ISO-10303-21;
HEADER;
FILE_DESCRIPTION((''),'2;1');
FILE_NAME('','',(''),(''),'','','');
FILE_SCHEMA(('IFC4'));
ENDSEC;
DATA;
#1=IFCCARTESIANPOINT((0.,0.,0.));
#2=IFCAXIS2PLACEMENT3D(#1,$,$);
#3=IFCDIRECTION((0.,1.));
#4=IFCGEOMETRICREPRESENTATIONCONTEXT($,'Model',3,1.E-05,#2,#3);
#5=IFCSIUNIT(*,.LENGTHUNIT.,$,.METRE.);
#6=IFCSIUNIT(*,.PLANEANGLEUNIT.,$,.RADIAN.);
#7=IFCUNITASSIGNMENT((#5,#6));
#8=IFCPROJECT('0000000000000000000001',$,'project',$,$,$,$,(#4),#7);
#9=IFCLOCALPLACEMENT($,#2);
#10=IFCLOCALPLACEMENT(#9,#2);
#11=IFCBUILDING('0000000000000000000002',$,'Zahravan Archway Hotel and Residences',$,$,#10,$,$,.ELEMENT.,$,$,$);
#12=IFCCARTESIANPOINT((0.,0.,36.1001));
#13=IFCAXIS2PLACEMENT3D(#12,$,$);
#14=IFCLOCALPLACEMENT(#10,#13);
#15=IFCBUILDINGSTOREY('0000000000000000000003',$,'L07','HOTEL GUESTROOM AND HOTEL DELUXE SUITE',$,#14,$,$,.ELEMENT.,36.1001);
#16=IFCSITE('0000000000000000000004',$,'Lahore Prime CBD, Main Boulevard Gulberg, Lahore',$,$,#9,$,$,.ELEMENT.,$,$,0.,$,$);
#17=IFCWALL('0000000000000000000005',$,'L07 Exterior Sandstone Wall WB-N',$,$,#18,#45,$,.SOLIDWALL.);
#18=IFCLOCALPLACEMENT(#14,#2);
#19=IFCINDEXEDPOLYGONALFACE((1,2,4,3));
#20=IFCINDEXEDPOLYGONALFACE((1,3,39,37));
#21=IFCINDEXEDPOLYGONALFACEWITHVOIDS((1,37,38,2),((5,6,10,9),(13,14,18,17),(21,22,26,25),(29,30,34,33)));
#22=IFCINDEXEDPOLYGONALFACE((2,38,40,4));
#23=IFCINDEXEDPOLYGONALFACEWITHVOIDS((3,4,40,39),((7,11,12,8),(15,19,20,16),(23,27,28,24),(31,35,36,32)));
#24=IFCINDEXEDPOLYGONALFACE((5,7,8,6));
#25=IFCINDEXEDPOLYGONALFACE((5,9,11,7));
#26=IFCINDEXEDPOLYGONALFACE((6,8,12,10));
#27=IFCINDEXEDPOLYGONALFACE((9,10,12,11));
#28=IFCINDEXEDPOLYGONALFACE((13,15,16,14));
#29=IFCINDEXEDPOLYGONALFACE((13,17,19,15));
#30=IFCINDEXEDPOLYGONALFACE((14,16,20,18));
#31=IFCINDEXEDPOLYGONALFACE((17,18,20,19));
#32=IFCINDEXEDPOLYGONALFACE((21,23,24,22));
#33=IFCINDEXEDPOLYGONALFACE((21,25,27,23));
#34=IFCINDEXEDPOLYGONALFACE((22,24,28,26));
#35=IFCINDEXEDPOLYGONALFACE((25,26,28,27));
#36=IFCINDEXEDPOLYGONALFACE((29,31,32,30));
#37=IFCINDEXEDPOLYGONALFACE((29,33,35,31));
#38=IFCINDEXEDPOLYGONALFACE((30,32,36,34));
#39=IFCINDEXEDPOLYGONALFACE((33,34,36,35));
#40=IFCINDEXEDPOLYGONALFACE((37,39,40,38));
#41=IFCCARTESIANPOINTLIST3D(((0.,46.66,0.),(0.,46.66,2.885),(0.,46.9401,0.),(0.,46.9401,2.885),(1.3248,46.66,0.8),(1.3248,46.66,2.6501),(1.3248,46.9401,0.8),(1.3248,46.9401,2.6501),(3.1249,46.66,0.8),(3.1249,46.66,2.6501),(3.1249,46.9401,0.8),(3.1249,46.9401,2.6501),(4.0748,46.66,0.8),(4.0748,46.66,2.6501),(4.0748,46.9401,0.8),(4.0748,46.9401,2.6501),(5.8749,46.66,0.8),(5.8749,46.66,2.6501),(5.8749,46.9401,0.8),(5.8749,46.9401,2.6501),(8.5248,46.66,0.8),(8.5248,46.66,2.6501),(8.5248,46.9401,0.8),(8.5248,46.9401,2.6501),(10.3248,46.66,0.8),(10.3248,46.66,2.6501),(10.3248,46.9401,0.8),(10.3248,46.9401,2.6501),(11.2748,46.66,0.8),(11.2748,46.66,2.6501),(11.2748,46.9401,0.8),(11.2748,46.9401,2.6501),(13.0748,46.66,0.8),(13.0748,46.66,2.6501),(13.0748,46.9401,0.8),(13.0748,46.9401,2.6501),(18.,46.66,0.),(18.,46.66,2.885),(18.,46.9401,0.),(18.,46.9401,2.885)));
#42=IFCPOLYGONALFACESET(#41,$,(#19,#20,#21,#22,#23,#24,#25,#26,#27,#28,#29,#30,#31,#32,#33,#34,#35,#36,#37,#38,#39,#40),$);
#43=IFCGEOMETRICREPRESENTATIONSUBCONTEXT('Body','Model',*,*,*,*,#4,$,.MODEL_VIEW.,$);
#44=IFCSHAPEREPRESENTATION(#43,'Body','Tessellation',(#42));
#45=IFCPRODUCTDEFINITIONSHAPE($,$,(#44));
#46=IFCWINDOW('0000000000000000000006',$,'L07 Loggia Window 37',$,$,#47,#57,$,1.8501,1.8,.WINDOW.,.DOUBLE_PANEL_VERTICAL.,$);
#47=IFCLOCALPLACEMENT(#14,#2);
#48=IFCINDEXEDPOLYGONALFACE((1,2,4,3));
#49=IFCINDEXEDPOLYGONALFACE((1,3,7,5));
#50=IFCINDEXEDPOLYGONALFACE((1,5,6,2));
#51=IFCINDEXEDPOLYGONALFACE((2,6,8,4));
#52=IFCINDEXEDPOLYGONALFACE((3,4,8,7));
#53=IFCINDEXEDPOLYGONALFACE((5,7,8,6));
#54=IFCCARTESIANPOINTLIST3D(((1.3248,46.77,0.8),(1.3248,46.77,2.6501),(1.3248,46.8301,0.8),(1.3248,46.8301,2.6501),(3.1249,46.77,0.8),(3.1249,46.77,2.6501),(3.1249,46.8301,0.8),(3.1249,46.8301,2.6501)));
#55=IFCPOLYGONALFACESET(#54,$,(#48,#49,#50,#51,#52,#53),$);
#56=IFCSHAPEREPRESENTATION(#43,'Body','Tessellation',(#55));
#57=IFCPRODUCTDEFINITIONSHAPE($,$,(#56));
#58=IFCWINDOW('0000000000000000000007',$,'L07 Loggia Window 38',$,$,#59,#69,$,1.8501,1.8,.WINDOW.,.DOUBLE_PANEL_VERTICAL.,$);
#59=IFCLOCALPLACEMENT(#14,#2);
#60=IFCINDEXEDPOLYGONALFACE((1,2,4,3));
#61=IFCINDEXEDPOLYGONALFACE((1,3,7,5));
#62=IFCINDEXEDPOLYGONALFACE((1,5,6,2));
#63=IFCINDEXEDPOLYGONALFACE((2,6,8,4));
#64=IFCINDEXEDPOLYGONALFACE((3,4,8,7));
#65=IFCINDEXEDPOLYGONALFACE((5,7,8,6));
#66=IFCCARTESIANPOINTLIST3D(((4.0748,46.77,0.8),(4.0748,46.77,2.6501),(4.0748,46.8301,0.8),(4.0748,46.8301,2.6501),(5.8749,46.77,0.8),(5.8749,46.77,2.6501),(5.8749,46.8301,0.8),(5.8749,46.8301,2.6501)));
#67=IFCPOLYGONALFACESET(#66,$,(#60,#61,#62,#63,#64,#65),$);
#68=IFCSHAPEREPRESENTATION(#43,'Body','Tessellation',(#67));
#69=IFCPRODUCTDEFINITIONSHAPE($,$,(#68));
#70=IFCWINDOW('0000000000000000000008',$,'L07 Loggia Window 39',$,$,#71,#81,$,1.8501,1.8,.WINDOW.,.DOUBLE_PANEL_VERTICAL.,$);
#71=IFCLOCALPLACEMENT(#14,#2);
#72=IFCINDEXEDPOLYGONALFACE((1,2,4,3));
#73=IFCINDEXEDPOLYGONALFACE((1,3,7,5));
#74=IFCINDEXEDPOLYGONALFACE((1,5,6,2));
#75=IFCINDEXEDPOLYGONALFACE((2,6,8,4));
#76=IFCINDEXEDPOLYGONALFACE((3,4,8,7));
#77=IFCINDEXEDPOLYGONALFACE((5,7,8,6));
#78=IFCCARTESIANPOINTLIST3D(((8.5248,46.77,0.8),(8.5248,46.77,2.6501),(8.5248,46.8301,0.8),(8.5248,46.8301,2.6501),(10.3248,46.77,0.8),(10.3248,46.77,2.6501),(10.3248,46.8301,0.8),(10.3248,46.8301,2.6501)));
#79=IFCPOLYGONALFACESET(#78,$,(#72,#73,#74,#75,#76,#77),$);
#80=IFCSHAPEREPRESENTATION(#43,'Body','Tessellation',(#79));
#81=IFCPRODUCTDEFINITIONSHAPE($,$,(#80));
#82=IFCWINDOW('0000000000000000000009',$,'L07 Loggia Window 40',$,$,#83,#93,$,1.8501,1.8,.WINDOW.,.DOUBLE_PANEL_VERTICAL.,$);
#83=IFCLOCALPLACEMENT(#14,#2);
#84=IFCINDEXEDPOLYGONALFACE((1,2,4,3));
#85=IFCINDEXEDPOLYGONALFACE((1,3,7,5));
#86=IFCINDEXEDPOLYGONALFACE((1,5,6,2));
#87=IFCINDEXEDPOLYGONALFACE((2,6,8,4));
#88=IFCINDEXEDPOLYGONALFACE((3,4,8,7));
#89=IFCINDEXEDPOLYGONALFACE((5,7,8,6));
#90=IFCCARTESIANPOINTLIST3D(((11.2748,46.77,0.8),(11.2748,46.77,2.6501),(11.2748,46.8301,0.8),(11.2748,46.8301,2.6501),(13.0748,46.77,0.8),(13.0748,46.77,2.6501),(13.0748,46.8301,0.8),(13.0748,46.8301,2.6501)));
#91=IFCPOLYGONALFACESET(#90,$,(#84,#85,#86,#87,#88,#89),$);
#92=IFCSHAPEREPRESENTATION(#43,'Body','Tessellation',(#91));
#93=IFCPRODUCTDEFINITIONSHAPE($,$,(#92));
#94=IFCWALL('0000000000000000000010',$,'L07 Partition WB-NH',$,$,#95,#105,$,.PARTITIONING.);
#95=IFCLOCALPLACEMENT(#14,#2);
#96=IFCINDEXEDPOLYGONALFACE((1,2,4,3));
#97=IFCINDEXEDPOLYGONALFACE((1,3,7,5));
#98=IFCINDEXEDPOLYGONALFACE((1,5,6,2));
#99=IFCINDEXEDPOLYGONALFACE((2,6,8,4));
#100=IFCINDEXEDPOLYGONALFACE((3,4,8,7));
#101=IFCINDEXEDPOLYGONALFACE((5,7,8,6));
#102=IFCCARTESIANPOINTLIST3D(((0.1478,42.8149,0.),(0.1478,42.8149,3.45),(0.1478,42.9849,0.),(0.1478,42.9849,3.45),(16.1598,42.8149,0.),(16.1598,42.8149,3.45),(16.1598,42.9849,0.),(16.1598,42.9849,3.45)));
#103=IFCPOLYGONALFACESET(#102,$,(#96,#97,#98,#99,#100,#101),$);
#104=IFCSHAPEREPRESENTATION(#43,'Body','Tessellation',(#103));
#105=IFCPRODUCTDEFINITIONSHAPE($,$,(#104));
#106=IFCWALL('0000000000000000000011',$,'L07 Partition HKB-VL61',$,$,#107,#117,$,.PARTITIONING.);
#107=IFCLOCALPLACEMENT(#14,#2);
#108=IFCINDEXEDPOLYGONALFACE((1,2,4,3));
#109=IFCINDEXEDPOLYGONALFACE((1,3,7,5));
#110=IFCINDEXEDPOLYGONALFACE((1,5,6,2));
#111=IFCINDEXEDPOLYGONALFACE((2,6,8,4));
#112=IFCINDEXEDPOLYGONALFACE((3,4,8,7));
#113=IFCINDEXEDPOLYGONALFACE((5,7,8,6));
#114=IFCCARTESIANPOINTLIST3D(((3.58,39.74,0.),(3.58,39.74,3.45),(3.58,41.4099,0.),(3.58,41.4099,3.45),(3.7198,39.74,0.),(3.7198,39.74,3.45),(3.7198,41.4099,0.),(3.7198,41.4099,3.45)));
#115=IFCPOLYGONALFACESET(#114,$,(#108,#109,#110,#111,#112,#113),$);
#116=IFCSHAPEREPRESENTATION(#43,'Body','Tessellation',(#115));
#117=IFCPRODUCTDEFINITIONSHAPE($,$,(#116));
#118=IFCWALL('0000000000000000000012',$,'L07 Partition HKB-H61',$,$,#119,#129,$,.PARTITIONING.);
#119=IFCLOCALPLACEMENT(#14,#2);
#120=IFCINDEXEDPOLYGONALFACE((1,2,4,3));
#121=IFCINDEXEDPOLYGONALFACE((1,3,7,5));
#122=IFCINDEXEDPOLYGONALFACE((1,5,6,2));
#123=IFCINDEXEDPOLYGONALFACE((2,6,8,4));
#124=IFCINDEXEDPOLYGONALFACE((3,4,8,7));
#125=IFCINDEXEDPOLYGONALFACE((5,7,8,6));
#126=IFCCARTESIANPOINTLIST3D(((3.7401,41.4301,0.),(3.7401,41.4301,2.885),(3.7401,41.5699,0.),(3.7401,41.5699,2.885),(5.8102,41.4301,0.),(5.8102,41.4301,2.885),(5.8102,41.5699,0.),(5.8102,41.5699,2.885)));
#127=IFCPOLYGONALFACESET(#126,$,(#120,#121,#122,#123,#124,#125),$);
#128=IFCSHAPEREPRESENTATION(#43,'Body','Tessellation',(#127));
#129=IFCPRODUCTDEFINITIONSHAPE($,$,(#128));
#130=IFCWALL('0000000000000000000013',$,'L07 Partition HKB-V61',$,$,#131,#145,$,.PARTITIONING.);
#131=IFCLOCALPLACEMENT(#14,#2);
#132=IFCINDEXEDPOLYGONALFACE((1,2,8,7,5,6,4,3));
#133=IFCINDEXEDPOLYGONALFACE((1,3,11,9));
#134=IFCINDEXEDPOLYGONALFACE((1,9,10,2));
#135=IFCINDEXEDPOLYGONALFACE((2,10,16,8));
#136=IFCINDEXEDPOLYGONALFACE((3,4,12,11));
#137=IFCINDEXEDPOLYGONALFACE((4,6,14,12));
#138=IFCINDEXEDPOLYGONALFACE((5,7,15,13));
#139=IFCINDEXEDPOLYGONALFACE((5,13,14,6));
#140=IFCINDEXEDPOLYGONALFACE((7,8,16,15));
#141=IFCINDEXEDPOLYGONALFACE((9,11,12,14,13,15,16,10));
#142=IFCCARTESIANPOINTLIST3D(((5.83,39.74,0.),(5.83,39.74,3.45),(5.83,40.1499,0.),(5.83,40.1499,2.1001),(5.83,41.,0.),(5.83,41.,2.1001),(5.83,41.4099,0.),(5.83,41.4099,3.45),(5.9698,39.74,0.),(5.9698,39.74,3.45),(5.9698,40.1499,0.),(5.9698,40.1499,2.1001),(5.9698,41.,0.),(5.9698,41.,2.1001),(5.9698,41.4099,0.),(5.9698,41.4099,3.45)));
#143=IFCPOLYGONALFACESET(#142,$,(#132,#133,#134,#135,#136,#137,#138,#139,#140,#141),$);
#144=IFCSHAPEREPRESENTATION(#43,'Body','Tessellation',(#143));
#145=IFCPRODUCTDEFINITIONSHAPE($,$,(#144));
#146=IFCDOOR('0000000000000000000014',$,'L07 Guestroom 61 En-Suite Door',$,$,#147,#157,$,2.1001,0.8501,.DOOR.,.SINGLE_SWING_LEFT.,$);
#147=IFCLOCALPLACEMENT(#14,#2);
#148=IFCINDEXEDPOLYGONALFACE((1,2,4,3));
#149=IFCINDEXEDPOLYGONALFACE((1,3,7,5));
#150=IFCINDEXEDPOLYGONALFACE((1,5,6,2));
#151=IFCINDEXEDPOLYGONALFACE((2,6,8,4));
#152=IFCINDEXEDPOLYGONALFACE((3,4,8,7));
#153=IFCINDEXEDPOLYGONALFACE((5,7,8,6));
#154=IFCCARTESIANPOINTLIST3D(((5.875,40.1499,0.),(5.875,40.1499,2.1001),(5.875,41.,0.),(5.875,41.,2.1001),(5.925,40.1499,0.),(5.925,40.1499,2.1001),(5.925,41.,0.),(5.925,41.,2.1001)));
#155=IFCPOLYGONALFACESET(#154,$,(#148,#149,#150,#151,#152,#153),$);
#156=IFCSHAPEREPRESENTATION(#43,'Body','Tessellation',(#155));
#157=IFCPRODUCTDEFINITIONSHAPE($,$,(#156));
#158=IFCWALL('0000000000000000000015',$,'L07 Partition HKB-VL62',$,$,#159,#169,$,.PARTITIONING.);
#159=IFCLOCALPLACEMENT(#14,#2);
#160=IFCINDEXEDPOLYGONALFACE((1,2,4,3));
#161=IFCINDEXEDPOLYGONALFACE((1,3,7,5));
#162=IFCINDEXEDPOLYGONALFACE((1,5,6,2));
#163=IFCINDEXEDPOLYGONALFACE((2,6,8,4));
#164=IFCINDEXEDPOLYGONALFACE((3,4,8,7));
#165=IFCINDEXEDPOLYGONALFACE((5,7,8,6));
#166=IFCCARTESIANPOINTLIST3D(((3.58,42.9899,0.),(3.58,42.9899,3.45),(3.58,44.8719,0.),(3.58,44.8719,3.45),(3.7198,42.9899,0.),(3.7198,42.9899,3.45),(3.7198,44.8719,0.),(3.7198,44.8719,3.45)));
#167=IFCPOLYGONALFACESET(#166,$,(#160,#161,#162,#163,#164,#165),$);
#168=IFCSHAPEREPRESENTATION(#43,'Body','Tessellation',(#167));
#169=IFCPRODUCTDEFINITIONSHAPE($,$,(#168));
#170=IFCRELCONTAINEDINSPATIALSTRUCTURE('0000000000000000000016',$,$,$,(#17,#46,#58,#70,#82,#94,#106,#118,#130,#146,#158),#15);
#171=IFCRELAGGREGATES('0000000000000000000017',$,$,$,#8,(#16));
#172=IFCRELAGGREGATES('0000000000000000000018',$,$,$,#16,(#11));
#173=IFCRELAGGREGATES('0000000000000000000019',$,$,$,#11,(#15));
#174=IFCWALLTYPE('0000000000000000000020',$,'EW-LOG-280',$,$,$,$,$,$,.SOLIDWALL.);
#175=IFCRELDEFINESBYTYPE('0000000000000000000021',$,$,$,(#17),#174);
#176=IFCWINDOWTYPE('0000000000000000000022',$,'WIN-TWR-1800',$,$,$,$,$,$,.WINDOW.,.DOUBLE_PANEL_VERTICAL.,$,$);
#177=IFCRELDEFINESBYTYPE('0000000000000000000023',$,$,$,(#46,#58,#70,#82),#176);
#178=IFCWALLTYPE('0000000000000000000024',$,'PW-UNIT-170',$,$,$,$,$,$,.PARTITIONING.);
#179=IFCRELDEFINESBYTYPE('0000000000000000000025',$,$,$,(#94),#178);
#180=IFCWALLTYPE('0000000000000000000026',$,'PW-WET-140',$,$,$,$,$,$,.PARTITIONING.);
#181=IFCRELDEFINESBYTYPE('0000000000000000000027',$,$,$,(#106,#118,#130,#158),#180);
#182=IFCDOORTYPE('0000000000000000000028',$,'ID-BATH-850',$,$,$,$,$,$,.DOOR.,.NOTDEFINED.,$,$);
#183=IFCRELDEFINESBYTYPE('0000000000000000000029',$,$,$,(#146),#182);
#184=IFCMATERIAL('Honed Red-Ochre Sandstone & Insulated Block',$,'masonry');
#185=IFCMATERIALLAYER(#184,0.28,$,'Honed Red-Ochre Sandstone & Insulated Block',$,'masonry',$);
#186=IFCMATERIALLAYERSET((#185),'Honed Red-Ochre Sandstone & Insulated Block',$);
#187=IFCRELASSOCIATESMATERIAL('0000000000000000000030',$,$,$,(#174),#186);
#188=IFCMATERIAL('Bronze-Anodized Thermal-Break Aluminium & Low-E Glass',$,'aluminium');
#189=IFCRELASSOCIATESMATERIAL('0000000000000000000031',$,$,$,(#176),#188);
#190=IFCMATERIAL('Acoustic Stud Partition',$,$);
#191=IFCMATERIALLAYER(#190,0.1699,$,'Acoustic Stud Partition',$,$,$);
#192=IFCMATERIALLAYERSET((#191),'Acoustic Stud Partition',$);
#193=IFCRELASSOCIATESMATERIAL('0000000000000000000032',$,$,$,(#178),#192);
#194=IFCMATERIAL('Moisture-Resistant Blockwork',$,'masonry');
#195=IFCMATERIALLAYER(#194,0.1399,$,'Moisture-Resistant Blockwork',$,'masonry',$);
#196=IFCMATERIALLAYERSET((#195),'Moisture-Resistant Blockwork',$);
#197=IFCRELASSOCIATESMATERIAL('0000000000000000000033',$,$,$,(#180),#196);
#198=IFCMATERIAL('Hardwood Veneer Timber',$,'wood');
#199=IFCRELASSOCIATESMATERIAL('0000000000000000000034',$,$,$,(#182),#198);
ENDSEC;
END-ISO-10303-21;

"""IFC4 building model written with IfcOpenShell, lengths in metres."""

from ifc_helpers import new_model, si_unit, direction, frame, frame_2d, origin, place, context, subcontext, project, spatial, rectangle, extrude, source, transform, mapped, material, layer, layer_set, type_object, type_shapes, element, fill, save


model = new_model("IFC4")

# Units and contexts
model_context = context("Model", 3, precision=1e-05, world=origin(), true_north=direction((0.0, 1.0)))
body_context = subcontext(model_context, "Body", "Model", "MODEL_VIEW")
ifc_project = project(units=[si_unit("LENGTHUNIT", "METRE"), si_unit("PLANEANGLEUNIT", "RADIAN")], contexts=[model_context])

# Site, building, storey
site_placement = place(None, origin())
site = spatial("IfcSite", under=ifc_project, at=site_placement, Name="Lahore Prime CBD, Main Boulevard Gulberg, Lahore", CompositionType="ELEMENT", RefElevation=0.0)
building_placement = place(site_placement, origin())
building = spatial("IfcBuilding", under=site, at=building_placement, Name="Zahravan Archway Hotel and Residences", CompositionType="ELEMENT")
storey_placement = place(building_placement, frame((0.0, 0.0, 36.1001)))
storey = spatial("IfcBuildingStorey", under=building, at=storey_placement, Name="L07", Description="HOTEL GUESTROOM AND HOTEL DELUXE SUITE", CompositionType="ELEMENT", Elevation=36.1001)

# Wall, openings, windows
ifc_material_1 = material(Name="Honed Red-Ochre Sandstone & Insulated Block", Category="masonry")
ifc_layer_1 = layer(ifc_material_1, 0.28, Name="Honed Red-Ochre Sandstone & Insulated Block", Category="masonry")
ifc_layer_set_1 = layer_set([ifc_layer_1], Name="Honed Red-Ochre Sandstone & Insulated Block")
wall_type_1 = type_object("IfcWallType", Name="EW-LOG-280", PredefinedType="SOLIDWALL", material=ifc_layer_set_1)
wall_1_placement = place(storey_placement, frame((0.0, 46.8, 0.0), z_axis=(0.0, 0.0, 1.0), x_axis=(1.0, 0.0, 0.0)))
wall_1 = element("IfcWall", 1, at=wall_1_placement, inside=storey, type_object=wall_type_1, Name="L07 Exterior Sandstone Wall WB-N", PredefinedType="SOLIDWALL", context=body_context, shape_type="SweptSolid", body=[
    extrude(rectangle(XDim=18.0, YDim=0.28, at=frame_2d((9.0, 0.0))), origin(), (0.0, 0.0, 1.0), 2.885),
])
opening_1_placement = place(wall_1_placement, frame((1.325, 0.0, 0.8)))
opening_1 = element("IfcOpeningElement", 2, at=opening_1_placement, cuts=wall_1, PredefinedType="OPENING", context=body_context, shape_type="SweptSolid", body=[
    extrude(rectangle(XDim=1.8, YDim=1.8501, at=frame_2d((0.8999, 0.925))), frame((0.0, 0.1499, 0.0), z_axis=(0.0, -1.0, 0.0), x_axis=(1.0, 0.0, 0.0)), (0.0, 0.0, 1.0), 0.3),
])
opening_2_placement = place(wall_1_placement, frame((4.075, 0.0, 0.8)))
opening_2 = element("IfcOpeningElement", 3, at=opening_2_placement, cuts=wall_1, PredefinedType="OPENING", context=body_context, shape_type="SweptSolid", body=[
    extrude(rectangle(XDim=1.8, YDim=1.8501, at=frame_2d((0.8999, 0.925))), frame((0.0, 0.1499, 0.0), z_axis=(0.0, -1.0, 0.0), x_axis=(1.0, 0.0, 0.0)), (0.0, 0.0, 1.0), 0.3),
])
opening_3_placement = place(wall_1_placement, frame((8.5249, 0.0, 0.8)))
opening_3 = element("IfcOpeningElement", 4, at=opening_3_placement, cuts=wall_1, PredefinedType="OPENING", context=body_context, shape_type="SweptSolid", body=[
    extrude(rectangle(XDim=1.8, YDim=1.8501, at=frame_2d((0.8999, 0.925))), frame((0.0, 0.1499, 0.0), z_axis=(0.0, -1.0, 0.0), x_axis=(1.0, 0.0, 0.0)), (0.0, 0.0, 1.0), 0.3),
])
opening_4_placement = place(wall_1_placement, frame((11.2749, 0.0, 0.8)))
opening_4 = element("IfcOpeningElement", 5, at=opening_4_placement, cuts=wall_1, PredefinedType="OPENING", context=body_context, shape_type="SweptSolid", body=[
    extrude(rectangle(XDim=1.8, YDim=1.8501, at=frame_2d((0.8999, 0.925))), frame((0.0, 0.1499, 0.0), z_axis=(0.0, -1.0, 0.0), x_axis=(1.0, 0.0, 0.0)), (0.0, 0.0, 1.0), 0.3),
])
ifc_material_2 = material(Name="Bronze-Anodized Thermal-Break Aluminium & Low-E Glass", Category="aluminium")
window_type = type_object("IfcWindowType", Name="WIN-TWR-1800", PartitioningType="DOUBLE_PANEL_VERTICAL", PredefinedType="WINDOW", material=ifc_material_2)
shared_shape_1 = source(origin(), body_context, "Body", "SweptSolid", [
    extrude(rectangle(XDim=1.8, YDim=1.8501, at=frame_2d((0.8999, 0.925))), frame((0.0, 0.03, 0.0), z_axis=(0.0, -1.0, 0.0), x_axis=(1.0, 0.0, 0.0)), (0.0, 0.0, 1.0), 0.0601),
])
type_shapes(window_type, [shared_shape_1])
window_1_placement = place(opening_1_placement, origin())
window_1 = element("IfcWindow", 6, at=window_1_placement, inside=storey, type_object=window_type, Name="L07 Loggia Window 37", OverallHeight=1.8501, OverallWidth=1.8, PartitioningType="DOUBLE_PANEL_VERTICAL", PredefinedType="WINDOW", context=body_context, shape_type="MappedRepresentation", body=[
    mapped(shared_shape_1, transform((0.0, 0.0, 0.0), scale=1.0)),
])
fill(opening_1, window_1)
window_2_placement = place(opening_2_placement, origin())
window_2 = element("IfcWindow", 7, at=window_2_placement, inside=storey, type_object=window_type, Name="L07 Loggia Window 38", OverallHeight=1.8501, OverallWidth=1.8, PartitioningType="DOUBLE_PANEL_VERTICAL", PredefinedType="WINDOW", context=body_context, shape_type="MappedRepresentation", body=[
    mapped(shared_shape_1, transform((0.0, 0.0, 0.0), scale=1.0)),
])
fill(opening_2, window_2)
window_3_placement = place(opening_3_placement, origin())
window_3 = element("IfcWindow", 8, at=window_3_placement, inside=storey, type_object=window_type, Name="L07 Loggia Window 39", OverallHeight=1.8501, OverallWidth=1.8, PartitioningType="DOUBLE_PANEL_VERTICAL", PredefinedType="WINDOW", context=body_context, shape_type="MappedRepresentation", body=[
    mapped(shared_shape_1, transform((0.0, 0.0, 0.0), scale=1.0)),
])
fill(opening_3, window_3)
window_4_placement = place(opening_4_placement, origin())
window_4 = element("IfcWindow", 9, at=window_4_placement, inside=storey, type_object=window_type, Name="L07 Loggia Window 40", OverallHeight=1.8501, OverallWidth=1.8, PartitioningType="DOUBLE_PANEL_VERTICAL", PredefinedType="WINDOW", context=body_context, shape_type="MappedRepresentation", body=[
    mapped(shared_shape_1, transform((0.0, 0.0, 0.0), scale=1.0)),
])
fill(opening_4, window_4)

# Shared definitions
ifc_material_3 = material(Name="Acoustic Stud Partition")
ifc_layer_2 = layer(ifc_material_3, 0.1699, Name="Acoustic Stud Partition")
ifc_layer_set_2 = layer_set([ifc_layer_2], Name="Acoustic Stud Partition")
wall_type_2 = type_object("IfcWallType", Name="PW-UNIT-170", PredefinedType="PARTITIONING", material=ifc_layer_set_2)
ifc_material_4 = material(Name="Hardwood Veneer Timber", Category="wood")

# Walls
wall_2_placement = place(storey_placement, frame((0.1479, 42.8999, 0.0), z_axis=(0.0, 0.0, 1.0), x_axis=(1.0, 0.0, 0.0)))
element("IfcWall", 10, at=wall_2_placement, inside=storey, type_object=wall_type_2, Name="L07 Partition WB-NH", PredefinedType="PARTITIONING", context=body_context, shape_type="SweptSolid", body=[
    extrude(rectangle(XDim=16.012, YDim=0.1699, at=frame_2d((8.0059, 0.0))), origin(), (0.0, 0.0, 1.0), 3.45),
])
ifc_material_5 = material(Name="Moisture-Resistant Blockwork", Category="masonry")
ifc_layer_3 = layer(ifc_material_5, 0.1399, Name="Moisture-Resistant Blockwork", Category="masonry")
ifc_layer_set_3 = layer_set([ifc_layer_3], Name="Moisture-Resistant Blockwork")
wall_type_3 = type_object("IfcWallType", Name="PW-WET-140", PredefinedType="PARTITIONING", material=ifc_layer_set_3)
wall_3_placement = place(storey_placement, frame((3.6499, 39.74, 0.0), z_axis=(0.0, 0.0, 1.0), x_axis=(0.0, 1.0, 0.0)))
element("IfcWall", 11, at=wall_3_placement, inside=storey, type_object=wall_type_3, Name="L07 Partition HKB-VL61", PredefinedType="PARTITIONING", context=body_context, shape_type="SweptSolid", body=[
    extrude(rectangle(XDim=1.6699, YDim=0.1399, at=frame_2d((0.835, 0.0))), origin(), (0.0, 0.0, 1.0), 3.45),
])
wall_4_placement = place(storey_placement, frame((3.74, 41.5, 0.0), z_axis=(0.0, 0.0, 1.0), x_axis=(1.0, 0.0, 0.0)))
element("IfcWall", 12, at=wall_4_placement, inside=storey, type_object=wall_type_3, Name="L07 Partition HKB-H61", PredefinedType="PARTITIONING", context=body_context, shape_type="SweptSolid", body=[
    extrude(rectangle(XDim=2.0701, YDim=0.1399, at=frame_2d((1.0352, 0.0))), origin(), (0.0, 0.0, 1.0), 2.885),
])

# Wall, opening, door
wall_5_placement = place(storey_placement, frame((5.8999, 39.74, 0.0), z_axis=(0.0, 0.0, 1.0), x_axis=(0.0, 1.0, 0.0)))
wall_5 = element("IfcWall", 13, at=wall_5_placement, inside=storey, type_object=wall_type_3, Name="L07 Partition HKB-V61", PredefinedType="PARTITIONING", context=body_context, shape_type="SweptSolid", body=[
    extrude(rectangle(XDim=1.6699, YDim=0.1399, at=frame_2d((0.835, 0.0))), origin(), (0.0, 0.0, 1.0), 3.45),
])
opening_5_placement = place(wall_5_placement, frame((0.4099, 0.0, 0.0)))
opening_5 = element("IfcOpeningElement", 14, at=opening_5_placement, cuts=wall_5, PredefinedType="OPENING", context=body_context, shape_type="SweptSolid", body=[
    extrude(rectangle(XDim=0.8501, YDim=2.1001, at=frame_2d((0.425, 1.05))), frame((0.0, 0.0801, 0.0), z_axis=(0.0, -1.0, 0.0), x_axis=(1.0, 0.0, 0.0)), (0.0, 0.0, 1.0), 0.1599),
])
door_type_1 = type_object("IfcDoorType", Name="ID-BATH-850", OperationType="NOTDEFINED", PredefinedType="DOOR", material=ifc_material_4)
shared_shape_2 = source(origin(), body_context, "Body", "SweptSolid", [
    extrude(rectangle(XDim=0.8501, YDim=2.1001, at=frame_2d((0.425, 1.05))), frame((0.0, 0.0249, 0.0), z_axis=(0.0, -1.0, 0.0), x_axis=(1.0, 0.0, 0.0)), (0.0, 0.0, 1.0), 0.05),
])
type_shapes(door_type_1, [shared_shape_2])
door_1_placement = place(opening_5_placement, origin())
door_1 = element("IfcDoor", 15, at=door_1_placement, inside=storey, type_object=door_type_1, Name="L07 Guestroom 61 En-Suite Door", OperationType="SINGLE_SWING_LEFT", OverallHeight=2.1001, OverallWidth=0.8501, PredefinedType="DOOR", context=body_context, shape_type="MappedRepresentation", body=[
    mapped(shared_shape_2, transform((0.0, 0.0, 0.0), scale=1.0)),
])
fill(opening_5, door_1)

# Wall
wall_6_placement = place(storey_placement, frame((3.6499, 42.99, 0.0), z_axis=(0.0, 0.0, 1.0), x_axis=(0.0, 1.0, 0.0)))
element("IfcWall", 16, at=wall_6_placement, inside=storey, type_object=wall_type_3, Name="L07 Partition HKB-VL62", PredefinedType="PARTITIONING", context=body_context, shape_type="SweptSolid", body=[
    extrude(rectangle(XDim=1.8821, YDim=0.1399, at=frame_2d((0.9409, 0.0))), origin(), (0.0, 0.0, 1.0), 3.45),
])

save(model, "model.ifc")
